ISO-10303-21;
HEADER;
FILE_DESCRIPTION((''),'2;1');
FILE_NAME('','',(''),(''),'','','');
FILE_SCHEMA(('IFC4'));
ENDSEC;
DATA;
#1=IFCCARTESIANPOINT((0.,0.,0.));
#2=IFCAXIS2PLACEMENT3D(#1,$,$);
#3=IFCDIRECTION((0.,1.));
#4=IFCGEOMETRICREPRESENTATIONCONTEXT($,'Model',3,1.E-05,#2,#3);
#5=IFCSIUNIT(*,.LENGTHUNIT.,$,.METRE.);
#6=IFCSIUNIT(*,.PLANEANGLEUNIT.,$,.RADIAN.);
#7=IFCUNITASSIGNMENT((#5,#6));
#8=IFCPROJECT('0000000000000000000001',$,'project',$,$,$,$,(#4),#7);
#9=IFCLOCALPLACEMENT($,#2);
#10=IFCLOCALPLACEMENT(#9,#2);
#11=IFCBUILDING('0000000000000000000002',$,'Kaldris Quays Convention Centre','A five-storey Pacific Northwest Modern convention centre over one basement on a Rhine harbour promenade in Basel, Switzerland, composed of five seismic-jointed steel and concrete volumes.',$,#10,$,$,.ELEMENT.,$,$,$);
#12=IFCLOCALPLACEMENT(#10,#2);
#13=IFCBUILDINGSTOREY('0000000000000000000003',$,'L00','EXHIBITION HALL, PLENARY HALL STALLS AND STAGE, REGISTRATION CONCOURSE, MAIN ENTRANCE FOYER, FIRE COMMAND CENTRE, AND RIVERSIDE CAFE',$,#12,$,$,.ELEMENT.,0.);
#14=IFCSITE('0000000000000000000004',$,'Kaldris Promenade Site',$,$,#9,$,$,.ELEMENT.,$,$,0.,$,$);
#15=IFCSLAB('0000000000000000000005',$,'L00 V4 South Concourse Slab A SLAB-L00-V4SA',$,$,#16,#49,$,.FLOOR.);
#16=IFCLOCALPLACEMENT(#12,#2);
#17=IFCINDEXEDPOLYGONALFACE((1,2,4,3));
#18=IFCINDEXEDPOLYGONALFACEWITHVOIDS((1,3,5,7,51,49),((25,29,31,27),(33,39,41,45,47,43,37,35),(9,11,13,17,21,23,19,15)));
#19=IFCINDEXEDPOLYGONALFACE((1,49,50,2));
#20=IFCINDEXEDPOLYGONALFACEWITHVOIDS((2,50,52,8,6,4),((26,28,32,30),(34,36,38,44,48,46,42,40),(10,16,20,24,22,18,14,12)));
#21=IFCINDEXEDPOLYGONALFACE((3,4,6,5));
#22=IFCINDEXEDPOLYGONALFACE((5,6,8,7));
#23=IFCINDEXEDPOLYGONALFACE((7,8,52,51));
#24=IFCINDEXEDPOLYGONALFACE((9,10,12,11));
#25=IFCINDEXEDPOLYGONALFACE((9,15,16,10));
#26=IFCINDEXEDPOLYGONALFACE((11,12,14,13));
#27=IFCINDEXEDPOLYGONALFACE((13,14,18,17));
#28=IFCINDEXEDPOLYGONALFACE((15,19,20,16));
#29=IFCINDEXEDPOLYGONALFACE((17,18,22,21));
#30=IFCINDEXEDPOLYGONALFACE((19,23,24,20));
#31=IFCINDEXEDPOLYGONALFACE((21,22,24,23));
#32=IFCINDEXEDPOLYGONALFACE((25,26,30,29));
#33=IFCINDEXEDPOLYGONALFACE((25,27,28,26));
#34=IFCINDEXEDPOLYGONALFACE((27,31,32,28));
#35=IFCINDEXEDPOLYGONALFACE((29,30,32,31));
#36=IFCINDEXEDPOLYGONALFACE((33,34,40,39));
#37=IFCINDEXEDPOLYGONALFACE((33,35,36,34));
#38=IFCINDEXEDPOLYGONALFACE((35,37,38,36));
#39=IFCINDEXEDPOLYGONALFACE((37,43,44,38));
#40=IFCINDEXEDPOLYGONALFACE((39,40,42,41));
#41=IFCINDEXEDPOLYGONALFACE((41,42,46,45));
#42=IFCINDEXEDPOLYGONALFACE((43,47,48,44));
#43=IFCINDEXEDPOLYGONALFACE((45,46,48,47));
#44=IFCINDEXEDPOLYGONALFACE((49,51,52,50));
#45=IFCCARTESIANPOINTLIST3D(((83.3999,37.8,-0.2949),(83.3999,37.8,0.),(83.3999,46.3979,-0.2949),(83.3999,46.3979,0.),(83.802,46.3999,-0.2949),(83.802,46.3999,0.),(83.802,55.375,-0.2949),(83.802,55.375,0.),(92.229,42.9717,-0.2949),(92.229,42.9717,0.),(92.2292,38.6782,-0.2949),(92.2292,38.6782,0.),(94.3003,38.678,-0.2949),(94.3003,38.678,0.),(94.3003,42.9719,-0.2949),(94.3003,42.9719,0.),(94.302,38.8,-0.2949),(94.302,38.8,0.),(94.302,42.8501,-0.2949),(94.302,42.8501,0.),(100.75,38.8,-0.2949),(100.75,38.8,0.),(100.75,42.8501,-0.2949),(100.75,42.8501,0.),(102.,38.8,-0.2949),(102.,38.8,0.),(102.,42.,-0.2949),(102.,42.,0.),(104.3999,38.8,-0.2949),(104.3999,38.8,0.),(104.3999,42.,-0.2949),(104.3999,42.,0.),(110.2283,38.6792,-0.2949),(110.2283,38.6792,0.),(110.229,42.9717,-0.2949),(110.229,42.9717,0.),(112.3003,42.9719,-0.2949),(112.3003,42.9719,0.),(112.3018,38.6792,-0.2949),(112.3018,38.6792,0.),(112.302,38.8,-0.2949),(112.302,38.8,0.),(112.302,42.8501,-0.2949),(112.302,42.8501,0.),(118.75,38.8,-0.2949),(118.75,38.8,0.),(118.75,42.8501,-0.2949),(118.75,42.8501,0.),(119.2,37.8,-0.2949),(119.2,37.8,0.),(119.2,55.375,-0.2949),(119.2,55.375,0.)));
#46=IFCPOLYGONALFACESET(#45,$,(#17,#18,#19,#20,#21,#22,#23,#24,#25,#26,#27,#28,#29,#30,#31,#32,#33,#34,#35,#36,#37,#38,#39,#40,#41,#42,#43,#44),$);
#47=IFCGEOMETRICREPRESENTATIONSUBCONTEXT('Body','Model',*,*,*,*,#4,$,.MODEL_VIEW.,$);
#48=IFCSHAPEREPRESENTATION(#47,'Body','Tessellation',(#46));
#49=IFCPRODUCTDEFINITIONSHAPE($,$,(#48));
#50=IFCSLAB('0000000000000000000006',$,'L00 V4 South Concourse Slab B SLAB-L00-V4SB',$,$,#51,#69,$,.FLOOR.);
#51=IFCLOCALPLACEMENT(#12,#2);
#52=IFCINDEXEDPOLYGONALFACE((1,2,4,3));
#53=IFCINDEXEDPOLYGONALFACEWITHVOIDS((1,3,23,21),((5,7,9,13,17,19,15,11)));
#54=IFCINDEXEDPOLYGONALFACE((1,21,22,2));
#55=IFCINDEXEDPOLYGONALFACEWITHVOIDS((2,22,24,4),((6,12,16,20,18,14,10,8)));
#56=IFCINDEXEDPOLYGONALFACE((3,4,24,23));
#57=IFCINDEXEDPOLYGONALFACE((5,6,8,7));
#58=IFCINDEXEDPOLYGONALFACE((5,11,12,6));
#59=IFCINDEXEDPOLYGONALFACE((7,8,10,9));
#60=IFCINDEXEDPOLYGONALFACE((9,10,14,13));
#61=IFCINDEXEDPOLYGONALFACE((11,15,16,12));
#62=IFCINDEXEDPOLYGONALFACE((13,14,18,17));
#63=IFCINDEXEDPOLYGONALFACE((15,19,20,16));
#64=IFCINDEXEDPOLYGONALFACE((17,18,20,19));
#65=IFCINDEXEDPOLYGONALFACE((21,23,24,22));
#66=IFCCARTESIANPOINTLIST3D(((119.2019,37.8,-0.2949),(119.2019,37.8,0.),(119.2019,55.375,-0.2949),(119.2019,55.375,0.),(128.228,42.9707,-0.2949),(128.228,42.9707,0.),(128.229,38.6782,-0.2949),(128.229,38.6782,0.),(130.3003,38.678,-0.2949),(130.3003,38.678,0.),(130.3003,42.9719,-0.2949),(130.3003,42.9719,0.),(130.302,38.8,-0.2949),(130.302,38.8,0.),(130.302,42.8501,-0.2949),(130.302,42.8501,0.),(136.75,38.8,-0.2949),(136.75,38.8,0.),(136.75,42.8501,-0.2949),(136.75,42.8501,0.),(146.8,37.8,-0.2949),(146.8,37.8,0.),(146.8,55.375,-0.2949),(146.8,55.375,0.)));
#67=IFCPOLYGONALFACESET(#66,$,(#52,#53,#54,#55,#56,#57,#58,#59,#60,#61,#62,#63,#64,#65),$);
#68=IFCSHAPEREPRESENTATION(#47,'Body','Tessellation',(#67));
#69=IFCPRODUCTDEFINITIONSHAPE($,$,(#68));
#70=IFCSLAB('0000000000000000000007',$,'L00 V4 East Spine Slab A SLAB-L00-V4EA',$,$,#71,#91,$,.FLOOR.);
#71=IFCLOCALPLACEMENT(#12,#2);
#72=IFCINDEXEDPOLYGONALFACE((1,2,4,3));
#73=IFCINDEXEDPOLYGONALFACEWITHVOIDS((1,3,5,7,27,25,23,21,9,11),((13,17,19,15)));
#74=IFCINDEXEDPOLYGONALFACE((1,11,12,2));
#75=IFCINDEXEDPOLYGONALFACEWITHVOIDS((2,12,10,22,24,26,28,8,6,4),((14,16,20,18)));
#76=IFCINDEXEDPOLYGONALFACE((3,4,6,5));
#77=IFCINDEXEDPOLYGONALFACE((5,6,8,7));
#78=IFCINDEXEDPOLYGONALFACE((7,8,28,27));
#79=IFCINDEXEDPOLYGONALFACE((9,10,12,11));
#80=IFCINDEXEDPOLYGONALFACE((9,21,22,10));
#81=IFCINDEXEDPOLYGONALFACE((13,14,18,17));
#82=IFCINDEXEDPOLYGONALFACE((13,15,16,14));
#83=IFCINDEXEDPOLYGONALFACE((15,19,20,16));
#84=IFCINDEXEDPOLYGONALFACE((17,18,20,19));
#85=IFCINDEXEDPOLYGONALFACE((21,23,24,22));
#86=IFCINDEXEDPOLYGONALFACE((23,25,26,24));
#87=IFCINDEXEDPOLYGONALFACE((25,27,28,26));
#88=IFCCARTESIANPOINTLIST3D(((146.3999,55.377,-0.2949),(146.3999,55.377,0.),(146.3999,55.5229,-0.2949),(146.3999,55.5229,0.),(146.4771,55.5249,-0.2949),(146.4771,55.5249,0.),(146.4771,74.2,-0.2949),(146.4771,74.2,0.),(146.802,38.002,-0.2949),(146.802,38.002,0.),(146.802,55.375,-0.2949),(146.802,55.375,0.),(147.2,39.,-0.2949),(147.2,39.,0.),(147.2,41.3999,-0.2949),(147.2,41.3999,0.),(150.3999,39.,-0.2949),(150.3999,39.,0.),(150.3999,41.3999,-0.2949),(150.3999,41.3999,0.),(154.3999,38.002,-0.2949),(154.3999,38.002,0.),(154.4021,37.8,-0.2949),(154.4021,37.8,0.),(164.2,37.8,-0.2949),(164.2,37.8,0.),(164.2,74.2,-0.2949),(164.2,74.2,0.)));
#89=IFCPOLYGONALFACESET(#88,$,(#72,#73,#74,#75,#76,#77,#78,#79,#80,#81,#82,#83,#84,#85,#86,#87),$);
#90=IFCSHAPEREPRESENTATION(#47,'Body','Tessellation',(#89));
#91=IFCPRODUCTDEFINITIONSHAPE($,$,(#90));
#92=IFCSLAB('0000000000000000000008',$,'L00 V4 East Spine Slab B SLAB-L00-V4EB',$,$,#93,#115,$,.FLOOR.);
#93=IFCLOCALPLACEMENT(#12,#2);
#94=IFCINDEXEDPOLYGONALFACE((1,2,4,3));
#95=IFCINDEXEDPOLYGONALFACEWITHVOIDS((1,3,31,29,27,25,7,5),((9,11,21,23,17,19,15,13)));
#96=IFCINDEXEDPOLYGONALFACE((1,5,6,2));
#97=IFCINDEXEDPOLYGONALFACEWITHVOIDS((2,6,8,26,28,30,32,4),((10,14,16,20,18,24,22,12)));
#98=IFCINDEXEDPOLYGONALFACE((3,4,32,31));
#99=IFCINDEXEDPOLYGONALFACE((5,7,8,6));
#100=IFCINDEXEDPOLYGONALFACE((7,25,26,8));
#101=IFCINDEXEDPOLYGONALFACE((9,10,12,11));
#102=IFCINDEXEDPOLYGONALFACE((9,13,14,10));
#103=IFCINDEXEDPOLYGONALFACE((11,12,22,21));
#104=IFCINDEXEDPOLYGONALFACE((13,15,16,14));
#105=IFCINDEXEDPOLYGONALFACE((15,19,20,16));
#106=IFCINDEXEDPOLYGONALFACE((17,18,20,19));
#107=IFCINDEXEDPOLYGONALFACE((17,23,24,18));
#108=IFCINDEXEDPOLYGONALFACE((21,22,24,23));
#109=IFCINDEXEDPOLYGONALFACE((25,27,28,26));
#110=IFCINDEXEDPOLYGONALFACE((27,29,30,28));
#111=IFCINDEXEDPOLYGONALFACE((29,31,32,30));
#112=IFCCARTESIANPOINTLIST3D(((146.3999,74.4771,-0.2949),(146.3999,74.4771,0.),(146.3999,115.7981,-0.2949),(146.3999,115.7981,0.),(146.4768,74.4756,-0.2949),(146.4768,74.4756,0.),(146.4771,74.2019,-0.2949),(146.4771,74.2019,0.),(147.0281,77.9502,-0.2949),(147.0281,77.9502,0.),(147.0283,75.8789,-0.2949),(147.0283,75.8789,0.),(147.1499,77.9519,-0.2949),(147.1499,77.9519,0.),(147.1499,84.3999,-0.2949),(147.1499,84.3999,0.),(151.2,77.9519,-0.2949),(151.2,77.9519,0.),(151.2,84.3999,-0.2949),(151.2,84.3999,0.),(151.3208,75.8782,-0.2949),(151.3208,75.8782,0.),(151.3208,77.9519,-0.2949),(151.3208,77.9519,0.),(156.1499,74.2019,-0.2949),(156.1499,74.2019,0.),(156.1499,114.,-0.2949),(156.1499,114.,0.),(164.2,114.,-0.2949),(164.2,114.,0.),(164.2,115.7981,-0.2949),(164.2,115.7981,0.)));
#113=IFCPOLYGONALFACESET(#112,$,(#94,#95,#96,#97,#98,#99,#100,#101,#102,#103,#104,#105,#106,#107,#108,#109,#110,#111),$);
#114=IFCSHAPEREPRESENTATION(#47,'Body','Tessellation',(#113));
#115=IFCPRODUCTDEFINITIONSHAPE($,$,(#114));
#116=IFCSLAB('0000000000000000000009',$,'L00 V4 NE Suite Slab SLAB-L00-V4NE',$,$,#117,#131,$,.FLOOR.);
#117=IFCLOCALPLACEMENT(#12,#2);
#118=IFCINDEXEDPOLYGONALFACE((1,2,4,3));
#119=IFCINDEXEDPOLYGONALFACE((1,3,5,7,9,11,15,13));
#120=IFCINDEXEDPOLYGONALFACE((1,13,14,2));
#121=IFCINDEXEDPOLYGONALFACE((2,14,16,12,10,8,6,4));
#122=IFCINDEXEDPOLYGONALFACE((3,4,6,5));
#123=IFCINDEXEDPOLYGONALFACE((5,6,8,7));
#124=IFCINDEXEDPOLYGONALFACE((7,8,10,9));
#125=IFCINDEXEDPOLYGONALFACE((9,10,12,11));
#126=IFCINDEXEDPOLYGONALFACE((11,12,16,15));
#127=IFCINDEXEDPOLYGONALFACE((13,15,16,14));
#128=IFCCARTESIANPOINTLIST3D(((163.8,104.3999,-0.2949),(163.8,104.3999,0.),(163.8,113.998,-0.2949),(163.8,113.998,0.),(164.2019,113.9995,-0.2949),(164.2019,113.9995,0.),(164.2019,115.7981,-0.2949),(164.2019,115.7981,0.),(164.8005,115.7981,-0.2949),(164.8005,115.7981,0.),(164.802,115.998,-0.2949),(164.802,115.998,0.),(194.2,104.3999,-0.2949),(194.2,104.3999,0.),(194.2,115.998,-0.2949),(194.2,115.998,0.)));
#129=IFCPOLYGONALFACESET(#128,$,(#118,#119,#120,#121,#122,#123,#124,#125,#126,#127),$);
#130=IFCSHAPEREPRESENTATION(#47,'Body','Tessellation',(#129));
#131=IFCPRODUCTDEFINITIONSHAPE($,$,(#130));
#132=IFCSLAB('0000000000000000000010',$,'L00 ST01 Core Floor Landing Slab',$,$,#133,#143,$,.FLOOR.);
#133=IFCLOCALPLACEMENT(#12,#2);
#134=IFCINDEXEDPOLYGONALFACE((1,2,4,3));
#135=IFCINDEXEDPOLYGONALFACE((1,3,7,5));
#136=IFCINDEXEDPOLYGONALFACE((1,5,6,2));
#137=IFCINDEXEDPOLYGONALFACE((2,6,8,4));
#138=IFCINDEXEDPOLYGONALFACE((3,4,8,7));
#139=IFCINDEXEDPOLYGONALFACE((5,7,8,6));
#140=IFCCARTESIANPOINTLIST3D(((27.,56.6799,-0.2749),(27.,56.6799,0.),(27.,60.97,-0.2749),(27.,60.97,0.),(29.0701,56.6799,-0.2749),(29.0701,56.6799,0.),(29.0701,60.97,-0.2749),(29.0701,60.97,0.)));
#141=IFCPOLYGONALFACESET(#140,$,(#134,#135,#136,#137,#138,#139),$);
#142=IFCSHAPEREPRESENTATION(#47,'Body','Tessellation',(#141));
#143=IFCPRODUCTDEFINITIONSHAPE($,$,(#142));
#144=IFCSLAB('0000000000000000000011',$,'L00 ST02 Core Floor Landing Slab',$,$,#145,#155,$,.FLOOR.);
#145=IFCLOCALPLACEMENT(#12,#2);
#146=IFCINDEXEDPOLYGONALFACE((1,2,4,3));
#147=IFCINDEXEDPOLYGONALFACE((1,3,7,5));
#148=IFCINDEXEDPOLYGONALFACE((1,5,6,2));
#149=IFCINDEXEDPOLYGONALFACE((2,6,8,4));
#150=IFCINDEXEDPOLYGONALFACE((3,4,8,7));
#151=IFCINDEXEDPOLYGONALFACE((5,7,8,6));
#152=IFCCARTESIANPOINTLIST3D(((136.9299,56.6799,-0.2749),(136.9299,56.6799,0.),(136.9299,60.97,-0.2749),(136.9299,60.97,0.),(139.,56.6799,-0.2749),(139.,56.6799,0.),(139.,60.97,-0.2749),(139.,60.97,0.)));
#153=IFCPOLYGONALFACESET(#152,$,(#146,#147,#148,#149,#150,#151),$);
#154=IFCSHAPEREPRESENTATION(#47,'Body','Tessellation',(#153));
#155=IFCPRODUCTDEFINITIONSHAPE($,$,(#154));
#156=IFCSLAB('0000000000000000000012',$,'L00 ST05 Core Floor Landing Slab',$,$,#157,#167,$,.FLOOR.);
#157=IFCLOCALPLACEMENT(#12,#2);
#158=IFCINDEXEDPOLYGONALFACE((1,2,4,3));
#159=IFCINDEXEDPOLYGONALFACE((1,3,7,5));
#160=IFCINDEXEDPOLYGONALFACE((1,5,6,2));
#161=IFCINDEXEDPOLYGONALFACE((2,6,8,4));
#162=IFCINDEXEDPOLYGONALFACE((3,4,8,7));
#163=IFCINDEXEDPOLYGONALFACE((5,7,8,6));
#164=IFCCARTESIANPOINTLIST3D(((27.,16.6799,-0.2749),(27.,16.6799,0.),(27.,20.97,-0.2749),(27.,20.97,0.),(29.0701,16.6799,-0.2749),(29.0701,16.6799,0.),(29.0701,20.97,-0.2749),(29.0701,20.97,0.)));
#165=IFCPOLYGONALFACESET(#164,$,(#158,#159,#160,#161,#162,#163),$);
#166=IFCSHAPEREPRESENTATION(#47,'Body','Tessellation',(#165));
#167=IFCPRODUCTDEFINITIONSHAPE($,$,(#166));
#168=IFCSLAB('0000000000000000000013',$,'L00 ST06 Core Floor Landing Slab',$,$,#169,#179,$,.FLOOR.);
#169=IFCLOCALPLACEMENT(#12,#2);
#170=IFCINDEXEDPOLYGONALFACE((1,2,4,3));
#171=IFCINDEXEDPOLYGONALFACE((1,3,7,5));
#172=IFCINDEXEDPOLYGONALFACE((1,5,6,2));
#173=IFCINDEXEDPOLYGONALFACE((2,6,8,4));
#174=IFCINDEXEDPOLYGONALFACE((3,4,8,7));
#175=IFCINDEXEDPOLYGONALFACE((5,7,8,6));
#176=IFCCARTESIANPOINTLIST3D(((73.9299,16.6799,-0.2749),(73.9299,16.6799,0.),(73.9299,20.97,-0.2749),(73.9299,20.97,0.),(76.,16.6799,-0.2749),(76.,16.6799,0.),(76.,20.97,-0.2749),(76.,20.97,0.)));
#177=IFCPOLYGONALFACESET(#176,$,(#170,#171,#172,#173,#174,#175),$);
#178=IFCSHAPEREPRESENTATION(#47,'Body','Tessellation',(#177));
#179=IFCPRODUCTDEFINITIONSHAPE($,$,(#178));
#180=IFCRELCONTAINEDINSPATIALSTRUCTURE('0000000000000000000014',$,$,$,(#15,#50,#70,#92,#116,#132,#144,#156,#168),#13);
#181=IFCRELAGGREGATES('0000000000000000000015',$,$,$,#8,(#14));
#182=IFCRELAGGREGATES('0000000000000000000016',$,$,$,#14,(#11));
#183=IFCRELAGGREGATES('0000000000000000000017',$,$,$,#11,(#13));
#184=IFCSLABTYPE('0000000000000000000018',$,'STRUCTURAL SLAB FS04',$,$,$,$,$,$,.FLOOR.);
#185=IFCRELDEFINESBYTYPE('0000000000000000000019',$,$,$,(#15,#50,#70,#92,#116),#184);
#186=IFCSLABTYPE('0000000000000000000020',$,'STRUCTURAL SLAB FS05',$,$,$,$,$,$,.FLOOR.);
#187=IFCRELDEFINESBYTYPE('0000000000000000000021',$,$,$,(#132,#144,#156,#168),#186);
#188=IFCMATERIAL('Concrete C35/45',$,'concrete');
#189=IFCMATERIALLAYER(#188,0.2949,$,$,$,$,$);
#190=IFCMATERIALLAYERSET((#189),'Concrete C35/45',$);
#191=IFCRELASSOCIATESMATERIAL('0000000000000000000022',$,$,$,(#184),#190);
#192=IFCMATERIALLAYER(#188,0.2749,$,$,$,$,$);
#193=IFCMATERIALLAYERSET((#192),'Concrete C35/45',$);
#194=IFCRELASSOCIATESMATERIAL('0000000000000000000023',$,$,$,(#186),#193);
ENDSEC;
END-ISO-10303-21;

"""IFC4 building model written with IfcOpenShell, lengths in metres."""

from ifc_helpers import new_model, si_unit, direction, frame, origin, place, context, subcontext, project, spatial, polyline, outline, extrude, material, layer, layer_set, type_object, element, save


model = new_model("IFC4")

# Units and contexts
model_context = context("Model", 3, precision=1e-05, world=origin(), true_north=direction((0.0, 1.0)))
body_context = subcontext(model_context, "Body", "Model", "MODEL_VIEW")
ifc_project = project(units=[si_unit("LENGTHUNIT", "METRE"), si_unit("PLANEANGLEUNIT", "RADIAN")], contexts=[model_context])

# Site, building, storey
site_placement = place(None, origin())
site = spatial("IfcSite", under=ifc_project, at=site_placement, Name="Kaldris Promenade Site", CompositionType="ELEMENT", RefElevation=0.0)
building_placement = place(site_placement, origin())
building = spatial("IfcBuilding", under=site, at=building_placement, Name="Kaldris Quays Convention Centre", Description="A five-storey Pacific Northwest Modern convention centre over one basement on a Rhine harbour promenade in Basel, Switzerland, composed of five seismic-jointed steel and concrete volumes.", CompositionType="ELEMENT")
storey_placement = place(building_placement, origin())
storey = spatial("IfcBuildingStorey", under=building, at=storey_placement, Name="L00", Description="EXHIBITION HALL, PLENARY HALL STALLS AND STAGE, REGISTRATION CONCOURSE, MAIN ENTRANCE FOYER, FIRE COMMAND CENTRE, AND RIVERSIDE CAFE", CompositionType="ELEMENT", Elevation=0.0)

# Slabs
ifc_material = material(Name="Concrete C35/45", Category="concrete")
ifc_layer_1 = layer(ifc_material, 0.2949)
ifc_layer_set_1 = layer_set([ifc_layer_1], Name="Concrete C35/45")
slab_type_1 = type_object("IfcSlabType", Name="STRUCTURAL SLAB FS04", PredefinedType="FLOOR", material=ifc_layer_set_1)
slab_1_placement = place(storey_placement, frame((0.0, 0.0, -0.2949)))
element("IfcSlab", 1, at=slab_1_placement, inside=storey, type_object=slab_type_1, Name="L00 V4 South Concourse Slab A SLAB-L00-V4SA", PredefinedType="FLOOR", context=body_context, shape_type="SweptSolid", body=[
    extrude(outline(polyline([(119.2, 55.375), (119.2, 37.8), (83.3999, 37.8), (83.3999, 46.3979), (83.802, 46.3999), (83.802, 55.375), (119.2, 55.375)]), holes=[polyline([(104.3999, 38.8), (104.3999, 42.0), (102.0, 42.0), (102.0, 38.8), (104.3999, 38.8)]), polyline([(92.2292, 38.6782), (94.3003, 38.678), (94.302, 38.8), (100.75, 38.8), (100.75, 42.8501), (94.302, 42.8501), (94.3003, 42.9719), (92.229, 42.9717), (92.2292, 38.6782)]), polyline([(112.3018, 38.6792), (112.302, 38.8), (118.75, 38.8), (118.75, 42.8501), (112.302, 42.8501), (112.3003, 42.9719), (110.229, 42.9717), (110.2283, 38.6792), (112.3018, 38.6792)])]), origin(), (0.0, 0.0, 1.0), 0.2949),
])
slab_2_placement = place(storey_placement, frame((0.0, 0.0, -0.2949)))
element("IfcSlab", 2, at=slab_2_placement, inside=storey, type_object=slab_type_1, Name="L00 V4 South Concourse Slab B SLAB-L00-V4SB", PredefinedType="FLOOR", context=body_context, shape_type="SweptSolid", body=[
    extrude(outline(polyline([(146.8, 55.375), (146.8, 37.8), (119.2019, 37.8), (119.2019, 55.375), (146.8, 55.375)]), holes=[polyline([(128.228, 42.9707), (128.229, 38.6782), (130.3003, 38.678), (130.302, 38.8), (136.75, 38.8), (136.75, 42.8501), (130.302, 42.8501), (130.3003, 42.9719), (128.228, 42.9707)])]), origin(), (0.0, 0.0, 1.0), 0.2949),
])
slab_3_placement = place(storey_placement, frame((0.0, 0.0, -0.2949)))
element("IfcSlab", 3, at=slab_3_placement, inside=storey, type_object=slab_type_1, Name="L00 V4 East Spine Slab A SLAB-L00-V4EA", PredefinedType="FLOOR", context=body_context, shape_type="SweptSolid", body=[
    extrude(outline(polyline([(164.2, 74.2), (164.2, 37.8), (154.4021, 37.8), (154.3999, 38.002), (146.802, 38.002), (146.802, 55.375), (146.3999, 55.377), (146.3999, 55.5229), (146.4771, 55.5249), (146.4771, 74.2), (164.2, 74.2)]), holes=[polyline([(150.3999, 39.0), (150.3999, 41.3999), (147.2, 41.3999), (147.2, 39.0), (150.3999, 39.0)])]), origin(), (0.0, 0.0, 1.0), 0.2949),
])
slab_4_placement = place(storey_placement, frame((0.0, 0.0, -0.2949)))
element("IfcSlab", 4, at=slab_4_placement, inside=storey, type_object=slab_type_1, Name="L00 V4 East Spine Slab B SLAB-L00-V4EB", PredefinedType="FLOOR", context=body_context, shape_type="SweptSolid", body=[
    extrude(outline(polyline([(164.2, 114.0), (156.1499, 114.0), (156.1499, 74.2019), (146.4771, 74.2019), (146.4768, 74.4756), (146.3999, 74.4771), (146.3999, 115.7981), (164.2, 115.7981), (164.2, 114.0)]), holes=[polyline([(151.3208, 77.9519), (151.2, 77.9519), (151.2, 84.3999), (147.1499, 84.3999), (147.1499, 77.9519), (147.0281, 77.9502), (147.0283, 75.8789), (151.3208, 75.8782), (151.3208, 77.9519)])]), origin(), (0.0, 0.0, 1.0), 0.2949),
])
slab_5_placement = place(storey_placement, frame((0.0, 0.0, -0.2949)))
element("IfcSlab", 5, at=slab_5_placement, inside=storey, type_object=slab_type_1, Name="L00 V4 NE Suite Slab SLAB-L00-V4NE", PredefinedType="FLOOR", context=body_context, shape_type="SweptSolid", body=[
    extrude(outline(polyline([(194.2, 104.3999), (163.8, 104.3999), (163.8, 113.998), (164.2019, 113.9995), (164.2019, 115.7981), (164.8005, 115.7981), (164.802, 115.998), (194.2, 115.998), (194.2, 104.3999)])), origin(), (0.0, 0.0, 1.0), 0.2949),
])
ifc_layer_2 = layer(ifc_material, 0.2749)
ifc_layer_set_2 = layer_set([ifc_layer_2], Name="Concrete C35/45")
slab_type_2 = type_object("IfcSlabType", Name="STRUCTURAL SLAB FS05", PredefinedType="FLOOR", material=ifc_layer_set_2)
slab_6_placement = place(storey_placement, frame((0.0, 0.0, -0.2749)))
element("IfcSlab", 6, at=slab_6_placement, inside=storey, type_object=slab_type_2, Name="L00 ST01 Core Floor Landing Slab", PredefinedType="FLOOR", context=body_context, shape_type="SweptSolid", body=[
    extrude(outline(polyline([(29.0701, 60.97), (27.0, 60.97), (27.0, 56.6799), (29.0701, 56.6799), (29.0701, 60.97)])), origin(), (0.0, 0.0, 1.0), 0.2749),
])
slab_7_placement = place(storey_placement, frame((0.0, 0.0, -0.2749)))
element("IfcSlab", 7, at=slab_7_placement, inside=storey, type_object=slab_type_2, Name="L00 ST02 Core Floor Landing Slab", PredefinedType="FLOOR", context=body_context, shape_type="SweptSolid", body=[
    extrude(outline(polyline([(136.9299, 56.6799), (139.0, 56.6799), (139.0, 60.97), (136.9299, 60.97), (136.9299, 56.6799)])), origin(), (0.0, 0.0, 1.0), 0.2749),
])
slab_8_placement = place(storey_placement, frame((0.0, 0.0, -0.2749)))
element("IfcSlab", 8, at=slab_8_placement, inside=storey, type_object=slab_type_2, Name="L00 ST05 Core Floor Landing Slab", PredefinedType="FLOOR", context=body_context, shape_type="SweptSolid", body=[
    extrude(outline(polyline([(29.0701, 20.97), (27.0, 20.97), (27.0, 16.6799), (29.0701, 16.6799), (29.0701, 20.97)])), origin(), (0.0, 0.0, 1.0), 0.2749),
])
slab_9_placement = place(storey_placement, frame((0.0, 0.0, -0.2749)))
element("IfcSlab", 9, at=slab_9_placement, inside=storey, type_object=slab_type_2, Name="L00 ST06 Core Floor Landing Slab", PredefinedType="FLOOR", context=body_context, shape_type="SweptSolid", body=[
    extrude(outline(polyline([(73.9299, 16.6799), (76.0, 16.6799), (76.0, 20.97), (73.9299, 20.97), (73.9299, 16.6799)])), origin(), (0.0, 0.0, 1.0), 0.2749),
])

save(model, "model.ifc")
